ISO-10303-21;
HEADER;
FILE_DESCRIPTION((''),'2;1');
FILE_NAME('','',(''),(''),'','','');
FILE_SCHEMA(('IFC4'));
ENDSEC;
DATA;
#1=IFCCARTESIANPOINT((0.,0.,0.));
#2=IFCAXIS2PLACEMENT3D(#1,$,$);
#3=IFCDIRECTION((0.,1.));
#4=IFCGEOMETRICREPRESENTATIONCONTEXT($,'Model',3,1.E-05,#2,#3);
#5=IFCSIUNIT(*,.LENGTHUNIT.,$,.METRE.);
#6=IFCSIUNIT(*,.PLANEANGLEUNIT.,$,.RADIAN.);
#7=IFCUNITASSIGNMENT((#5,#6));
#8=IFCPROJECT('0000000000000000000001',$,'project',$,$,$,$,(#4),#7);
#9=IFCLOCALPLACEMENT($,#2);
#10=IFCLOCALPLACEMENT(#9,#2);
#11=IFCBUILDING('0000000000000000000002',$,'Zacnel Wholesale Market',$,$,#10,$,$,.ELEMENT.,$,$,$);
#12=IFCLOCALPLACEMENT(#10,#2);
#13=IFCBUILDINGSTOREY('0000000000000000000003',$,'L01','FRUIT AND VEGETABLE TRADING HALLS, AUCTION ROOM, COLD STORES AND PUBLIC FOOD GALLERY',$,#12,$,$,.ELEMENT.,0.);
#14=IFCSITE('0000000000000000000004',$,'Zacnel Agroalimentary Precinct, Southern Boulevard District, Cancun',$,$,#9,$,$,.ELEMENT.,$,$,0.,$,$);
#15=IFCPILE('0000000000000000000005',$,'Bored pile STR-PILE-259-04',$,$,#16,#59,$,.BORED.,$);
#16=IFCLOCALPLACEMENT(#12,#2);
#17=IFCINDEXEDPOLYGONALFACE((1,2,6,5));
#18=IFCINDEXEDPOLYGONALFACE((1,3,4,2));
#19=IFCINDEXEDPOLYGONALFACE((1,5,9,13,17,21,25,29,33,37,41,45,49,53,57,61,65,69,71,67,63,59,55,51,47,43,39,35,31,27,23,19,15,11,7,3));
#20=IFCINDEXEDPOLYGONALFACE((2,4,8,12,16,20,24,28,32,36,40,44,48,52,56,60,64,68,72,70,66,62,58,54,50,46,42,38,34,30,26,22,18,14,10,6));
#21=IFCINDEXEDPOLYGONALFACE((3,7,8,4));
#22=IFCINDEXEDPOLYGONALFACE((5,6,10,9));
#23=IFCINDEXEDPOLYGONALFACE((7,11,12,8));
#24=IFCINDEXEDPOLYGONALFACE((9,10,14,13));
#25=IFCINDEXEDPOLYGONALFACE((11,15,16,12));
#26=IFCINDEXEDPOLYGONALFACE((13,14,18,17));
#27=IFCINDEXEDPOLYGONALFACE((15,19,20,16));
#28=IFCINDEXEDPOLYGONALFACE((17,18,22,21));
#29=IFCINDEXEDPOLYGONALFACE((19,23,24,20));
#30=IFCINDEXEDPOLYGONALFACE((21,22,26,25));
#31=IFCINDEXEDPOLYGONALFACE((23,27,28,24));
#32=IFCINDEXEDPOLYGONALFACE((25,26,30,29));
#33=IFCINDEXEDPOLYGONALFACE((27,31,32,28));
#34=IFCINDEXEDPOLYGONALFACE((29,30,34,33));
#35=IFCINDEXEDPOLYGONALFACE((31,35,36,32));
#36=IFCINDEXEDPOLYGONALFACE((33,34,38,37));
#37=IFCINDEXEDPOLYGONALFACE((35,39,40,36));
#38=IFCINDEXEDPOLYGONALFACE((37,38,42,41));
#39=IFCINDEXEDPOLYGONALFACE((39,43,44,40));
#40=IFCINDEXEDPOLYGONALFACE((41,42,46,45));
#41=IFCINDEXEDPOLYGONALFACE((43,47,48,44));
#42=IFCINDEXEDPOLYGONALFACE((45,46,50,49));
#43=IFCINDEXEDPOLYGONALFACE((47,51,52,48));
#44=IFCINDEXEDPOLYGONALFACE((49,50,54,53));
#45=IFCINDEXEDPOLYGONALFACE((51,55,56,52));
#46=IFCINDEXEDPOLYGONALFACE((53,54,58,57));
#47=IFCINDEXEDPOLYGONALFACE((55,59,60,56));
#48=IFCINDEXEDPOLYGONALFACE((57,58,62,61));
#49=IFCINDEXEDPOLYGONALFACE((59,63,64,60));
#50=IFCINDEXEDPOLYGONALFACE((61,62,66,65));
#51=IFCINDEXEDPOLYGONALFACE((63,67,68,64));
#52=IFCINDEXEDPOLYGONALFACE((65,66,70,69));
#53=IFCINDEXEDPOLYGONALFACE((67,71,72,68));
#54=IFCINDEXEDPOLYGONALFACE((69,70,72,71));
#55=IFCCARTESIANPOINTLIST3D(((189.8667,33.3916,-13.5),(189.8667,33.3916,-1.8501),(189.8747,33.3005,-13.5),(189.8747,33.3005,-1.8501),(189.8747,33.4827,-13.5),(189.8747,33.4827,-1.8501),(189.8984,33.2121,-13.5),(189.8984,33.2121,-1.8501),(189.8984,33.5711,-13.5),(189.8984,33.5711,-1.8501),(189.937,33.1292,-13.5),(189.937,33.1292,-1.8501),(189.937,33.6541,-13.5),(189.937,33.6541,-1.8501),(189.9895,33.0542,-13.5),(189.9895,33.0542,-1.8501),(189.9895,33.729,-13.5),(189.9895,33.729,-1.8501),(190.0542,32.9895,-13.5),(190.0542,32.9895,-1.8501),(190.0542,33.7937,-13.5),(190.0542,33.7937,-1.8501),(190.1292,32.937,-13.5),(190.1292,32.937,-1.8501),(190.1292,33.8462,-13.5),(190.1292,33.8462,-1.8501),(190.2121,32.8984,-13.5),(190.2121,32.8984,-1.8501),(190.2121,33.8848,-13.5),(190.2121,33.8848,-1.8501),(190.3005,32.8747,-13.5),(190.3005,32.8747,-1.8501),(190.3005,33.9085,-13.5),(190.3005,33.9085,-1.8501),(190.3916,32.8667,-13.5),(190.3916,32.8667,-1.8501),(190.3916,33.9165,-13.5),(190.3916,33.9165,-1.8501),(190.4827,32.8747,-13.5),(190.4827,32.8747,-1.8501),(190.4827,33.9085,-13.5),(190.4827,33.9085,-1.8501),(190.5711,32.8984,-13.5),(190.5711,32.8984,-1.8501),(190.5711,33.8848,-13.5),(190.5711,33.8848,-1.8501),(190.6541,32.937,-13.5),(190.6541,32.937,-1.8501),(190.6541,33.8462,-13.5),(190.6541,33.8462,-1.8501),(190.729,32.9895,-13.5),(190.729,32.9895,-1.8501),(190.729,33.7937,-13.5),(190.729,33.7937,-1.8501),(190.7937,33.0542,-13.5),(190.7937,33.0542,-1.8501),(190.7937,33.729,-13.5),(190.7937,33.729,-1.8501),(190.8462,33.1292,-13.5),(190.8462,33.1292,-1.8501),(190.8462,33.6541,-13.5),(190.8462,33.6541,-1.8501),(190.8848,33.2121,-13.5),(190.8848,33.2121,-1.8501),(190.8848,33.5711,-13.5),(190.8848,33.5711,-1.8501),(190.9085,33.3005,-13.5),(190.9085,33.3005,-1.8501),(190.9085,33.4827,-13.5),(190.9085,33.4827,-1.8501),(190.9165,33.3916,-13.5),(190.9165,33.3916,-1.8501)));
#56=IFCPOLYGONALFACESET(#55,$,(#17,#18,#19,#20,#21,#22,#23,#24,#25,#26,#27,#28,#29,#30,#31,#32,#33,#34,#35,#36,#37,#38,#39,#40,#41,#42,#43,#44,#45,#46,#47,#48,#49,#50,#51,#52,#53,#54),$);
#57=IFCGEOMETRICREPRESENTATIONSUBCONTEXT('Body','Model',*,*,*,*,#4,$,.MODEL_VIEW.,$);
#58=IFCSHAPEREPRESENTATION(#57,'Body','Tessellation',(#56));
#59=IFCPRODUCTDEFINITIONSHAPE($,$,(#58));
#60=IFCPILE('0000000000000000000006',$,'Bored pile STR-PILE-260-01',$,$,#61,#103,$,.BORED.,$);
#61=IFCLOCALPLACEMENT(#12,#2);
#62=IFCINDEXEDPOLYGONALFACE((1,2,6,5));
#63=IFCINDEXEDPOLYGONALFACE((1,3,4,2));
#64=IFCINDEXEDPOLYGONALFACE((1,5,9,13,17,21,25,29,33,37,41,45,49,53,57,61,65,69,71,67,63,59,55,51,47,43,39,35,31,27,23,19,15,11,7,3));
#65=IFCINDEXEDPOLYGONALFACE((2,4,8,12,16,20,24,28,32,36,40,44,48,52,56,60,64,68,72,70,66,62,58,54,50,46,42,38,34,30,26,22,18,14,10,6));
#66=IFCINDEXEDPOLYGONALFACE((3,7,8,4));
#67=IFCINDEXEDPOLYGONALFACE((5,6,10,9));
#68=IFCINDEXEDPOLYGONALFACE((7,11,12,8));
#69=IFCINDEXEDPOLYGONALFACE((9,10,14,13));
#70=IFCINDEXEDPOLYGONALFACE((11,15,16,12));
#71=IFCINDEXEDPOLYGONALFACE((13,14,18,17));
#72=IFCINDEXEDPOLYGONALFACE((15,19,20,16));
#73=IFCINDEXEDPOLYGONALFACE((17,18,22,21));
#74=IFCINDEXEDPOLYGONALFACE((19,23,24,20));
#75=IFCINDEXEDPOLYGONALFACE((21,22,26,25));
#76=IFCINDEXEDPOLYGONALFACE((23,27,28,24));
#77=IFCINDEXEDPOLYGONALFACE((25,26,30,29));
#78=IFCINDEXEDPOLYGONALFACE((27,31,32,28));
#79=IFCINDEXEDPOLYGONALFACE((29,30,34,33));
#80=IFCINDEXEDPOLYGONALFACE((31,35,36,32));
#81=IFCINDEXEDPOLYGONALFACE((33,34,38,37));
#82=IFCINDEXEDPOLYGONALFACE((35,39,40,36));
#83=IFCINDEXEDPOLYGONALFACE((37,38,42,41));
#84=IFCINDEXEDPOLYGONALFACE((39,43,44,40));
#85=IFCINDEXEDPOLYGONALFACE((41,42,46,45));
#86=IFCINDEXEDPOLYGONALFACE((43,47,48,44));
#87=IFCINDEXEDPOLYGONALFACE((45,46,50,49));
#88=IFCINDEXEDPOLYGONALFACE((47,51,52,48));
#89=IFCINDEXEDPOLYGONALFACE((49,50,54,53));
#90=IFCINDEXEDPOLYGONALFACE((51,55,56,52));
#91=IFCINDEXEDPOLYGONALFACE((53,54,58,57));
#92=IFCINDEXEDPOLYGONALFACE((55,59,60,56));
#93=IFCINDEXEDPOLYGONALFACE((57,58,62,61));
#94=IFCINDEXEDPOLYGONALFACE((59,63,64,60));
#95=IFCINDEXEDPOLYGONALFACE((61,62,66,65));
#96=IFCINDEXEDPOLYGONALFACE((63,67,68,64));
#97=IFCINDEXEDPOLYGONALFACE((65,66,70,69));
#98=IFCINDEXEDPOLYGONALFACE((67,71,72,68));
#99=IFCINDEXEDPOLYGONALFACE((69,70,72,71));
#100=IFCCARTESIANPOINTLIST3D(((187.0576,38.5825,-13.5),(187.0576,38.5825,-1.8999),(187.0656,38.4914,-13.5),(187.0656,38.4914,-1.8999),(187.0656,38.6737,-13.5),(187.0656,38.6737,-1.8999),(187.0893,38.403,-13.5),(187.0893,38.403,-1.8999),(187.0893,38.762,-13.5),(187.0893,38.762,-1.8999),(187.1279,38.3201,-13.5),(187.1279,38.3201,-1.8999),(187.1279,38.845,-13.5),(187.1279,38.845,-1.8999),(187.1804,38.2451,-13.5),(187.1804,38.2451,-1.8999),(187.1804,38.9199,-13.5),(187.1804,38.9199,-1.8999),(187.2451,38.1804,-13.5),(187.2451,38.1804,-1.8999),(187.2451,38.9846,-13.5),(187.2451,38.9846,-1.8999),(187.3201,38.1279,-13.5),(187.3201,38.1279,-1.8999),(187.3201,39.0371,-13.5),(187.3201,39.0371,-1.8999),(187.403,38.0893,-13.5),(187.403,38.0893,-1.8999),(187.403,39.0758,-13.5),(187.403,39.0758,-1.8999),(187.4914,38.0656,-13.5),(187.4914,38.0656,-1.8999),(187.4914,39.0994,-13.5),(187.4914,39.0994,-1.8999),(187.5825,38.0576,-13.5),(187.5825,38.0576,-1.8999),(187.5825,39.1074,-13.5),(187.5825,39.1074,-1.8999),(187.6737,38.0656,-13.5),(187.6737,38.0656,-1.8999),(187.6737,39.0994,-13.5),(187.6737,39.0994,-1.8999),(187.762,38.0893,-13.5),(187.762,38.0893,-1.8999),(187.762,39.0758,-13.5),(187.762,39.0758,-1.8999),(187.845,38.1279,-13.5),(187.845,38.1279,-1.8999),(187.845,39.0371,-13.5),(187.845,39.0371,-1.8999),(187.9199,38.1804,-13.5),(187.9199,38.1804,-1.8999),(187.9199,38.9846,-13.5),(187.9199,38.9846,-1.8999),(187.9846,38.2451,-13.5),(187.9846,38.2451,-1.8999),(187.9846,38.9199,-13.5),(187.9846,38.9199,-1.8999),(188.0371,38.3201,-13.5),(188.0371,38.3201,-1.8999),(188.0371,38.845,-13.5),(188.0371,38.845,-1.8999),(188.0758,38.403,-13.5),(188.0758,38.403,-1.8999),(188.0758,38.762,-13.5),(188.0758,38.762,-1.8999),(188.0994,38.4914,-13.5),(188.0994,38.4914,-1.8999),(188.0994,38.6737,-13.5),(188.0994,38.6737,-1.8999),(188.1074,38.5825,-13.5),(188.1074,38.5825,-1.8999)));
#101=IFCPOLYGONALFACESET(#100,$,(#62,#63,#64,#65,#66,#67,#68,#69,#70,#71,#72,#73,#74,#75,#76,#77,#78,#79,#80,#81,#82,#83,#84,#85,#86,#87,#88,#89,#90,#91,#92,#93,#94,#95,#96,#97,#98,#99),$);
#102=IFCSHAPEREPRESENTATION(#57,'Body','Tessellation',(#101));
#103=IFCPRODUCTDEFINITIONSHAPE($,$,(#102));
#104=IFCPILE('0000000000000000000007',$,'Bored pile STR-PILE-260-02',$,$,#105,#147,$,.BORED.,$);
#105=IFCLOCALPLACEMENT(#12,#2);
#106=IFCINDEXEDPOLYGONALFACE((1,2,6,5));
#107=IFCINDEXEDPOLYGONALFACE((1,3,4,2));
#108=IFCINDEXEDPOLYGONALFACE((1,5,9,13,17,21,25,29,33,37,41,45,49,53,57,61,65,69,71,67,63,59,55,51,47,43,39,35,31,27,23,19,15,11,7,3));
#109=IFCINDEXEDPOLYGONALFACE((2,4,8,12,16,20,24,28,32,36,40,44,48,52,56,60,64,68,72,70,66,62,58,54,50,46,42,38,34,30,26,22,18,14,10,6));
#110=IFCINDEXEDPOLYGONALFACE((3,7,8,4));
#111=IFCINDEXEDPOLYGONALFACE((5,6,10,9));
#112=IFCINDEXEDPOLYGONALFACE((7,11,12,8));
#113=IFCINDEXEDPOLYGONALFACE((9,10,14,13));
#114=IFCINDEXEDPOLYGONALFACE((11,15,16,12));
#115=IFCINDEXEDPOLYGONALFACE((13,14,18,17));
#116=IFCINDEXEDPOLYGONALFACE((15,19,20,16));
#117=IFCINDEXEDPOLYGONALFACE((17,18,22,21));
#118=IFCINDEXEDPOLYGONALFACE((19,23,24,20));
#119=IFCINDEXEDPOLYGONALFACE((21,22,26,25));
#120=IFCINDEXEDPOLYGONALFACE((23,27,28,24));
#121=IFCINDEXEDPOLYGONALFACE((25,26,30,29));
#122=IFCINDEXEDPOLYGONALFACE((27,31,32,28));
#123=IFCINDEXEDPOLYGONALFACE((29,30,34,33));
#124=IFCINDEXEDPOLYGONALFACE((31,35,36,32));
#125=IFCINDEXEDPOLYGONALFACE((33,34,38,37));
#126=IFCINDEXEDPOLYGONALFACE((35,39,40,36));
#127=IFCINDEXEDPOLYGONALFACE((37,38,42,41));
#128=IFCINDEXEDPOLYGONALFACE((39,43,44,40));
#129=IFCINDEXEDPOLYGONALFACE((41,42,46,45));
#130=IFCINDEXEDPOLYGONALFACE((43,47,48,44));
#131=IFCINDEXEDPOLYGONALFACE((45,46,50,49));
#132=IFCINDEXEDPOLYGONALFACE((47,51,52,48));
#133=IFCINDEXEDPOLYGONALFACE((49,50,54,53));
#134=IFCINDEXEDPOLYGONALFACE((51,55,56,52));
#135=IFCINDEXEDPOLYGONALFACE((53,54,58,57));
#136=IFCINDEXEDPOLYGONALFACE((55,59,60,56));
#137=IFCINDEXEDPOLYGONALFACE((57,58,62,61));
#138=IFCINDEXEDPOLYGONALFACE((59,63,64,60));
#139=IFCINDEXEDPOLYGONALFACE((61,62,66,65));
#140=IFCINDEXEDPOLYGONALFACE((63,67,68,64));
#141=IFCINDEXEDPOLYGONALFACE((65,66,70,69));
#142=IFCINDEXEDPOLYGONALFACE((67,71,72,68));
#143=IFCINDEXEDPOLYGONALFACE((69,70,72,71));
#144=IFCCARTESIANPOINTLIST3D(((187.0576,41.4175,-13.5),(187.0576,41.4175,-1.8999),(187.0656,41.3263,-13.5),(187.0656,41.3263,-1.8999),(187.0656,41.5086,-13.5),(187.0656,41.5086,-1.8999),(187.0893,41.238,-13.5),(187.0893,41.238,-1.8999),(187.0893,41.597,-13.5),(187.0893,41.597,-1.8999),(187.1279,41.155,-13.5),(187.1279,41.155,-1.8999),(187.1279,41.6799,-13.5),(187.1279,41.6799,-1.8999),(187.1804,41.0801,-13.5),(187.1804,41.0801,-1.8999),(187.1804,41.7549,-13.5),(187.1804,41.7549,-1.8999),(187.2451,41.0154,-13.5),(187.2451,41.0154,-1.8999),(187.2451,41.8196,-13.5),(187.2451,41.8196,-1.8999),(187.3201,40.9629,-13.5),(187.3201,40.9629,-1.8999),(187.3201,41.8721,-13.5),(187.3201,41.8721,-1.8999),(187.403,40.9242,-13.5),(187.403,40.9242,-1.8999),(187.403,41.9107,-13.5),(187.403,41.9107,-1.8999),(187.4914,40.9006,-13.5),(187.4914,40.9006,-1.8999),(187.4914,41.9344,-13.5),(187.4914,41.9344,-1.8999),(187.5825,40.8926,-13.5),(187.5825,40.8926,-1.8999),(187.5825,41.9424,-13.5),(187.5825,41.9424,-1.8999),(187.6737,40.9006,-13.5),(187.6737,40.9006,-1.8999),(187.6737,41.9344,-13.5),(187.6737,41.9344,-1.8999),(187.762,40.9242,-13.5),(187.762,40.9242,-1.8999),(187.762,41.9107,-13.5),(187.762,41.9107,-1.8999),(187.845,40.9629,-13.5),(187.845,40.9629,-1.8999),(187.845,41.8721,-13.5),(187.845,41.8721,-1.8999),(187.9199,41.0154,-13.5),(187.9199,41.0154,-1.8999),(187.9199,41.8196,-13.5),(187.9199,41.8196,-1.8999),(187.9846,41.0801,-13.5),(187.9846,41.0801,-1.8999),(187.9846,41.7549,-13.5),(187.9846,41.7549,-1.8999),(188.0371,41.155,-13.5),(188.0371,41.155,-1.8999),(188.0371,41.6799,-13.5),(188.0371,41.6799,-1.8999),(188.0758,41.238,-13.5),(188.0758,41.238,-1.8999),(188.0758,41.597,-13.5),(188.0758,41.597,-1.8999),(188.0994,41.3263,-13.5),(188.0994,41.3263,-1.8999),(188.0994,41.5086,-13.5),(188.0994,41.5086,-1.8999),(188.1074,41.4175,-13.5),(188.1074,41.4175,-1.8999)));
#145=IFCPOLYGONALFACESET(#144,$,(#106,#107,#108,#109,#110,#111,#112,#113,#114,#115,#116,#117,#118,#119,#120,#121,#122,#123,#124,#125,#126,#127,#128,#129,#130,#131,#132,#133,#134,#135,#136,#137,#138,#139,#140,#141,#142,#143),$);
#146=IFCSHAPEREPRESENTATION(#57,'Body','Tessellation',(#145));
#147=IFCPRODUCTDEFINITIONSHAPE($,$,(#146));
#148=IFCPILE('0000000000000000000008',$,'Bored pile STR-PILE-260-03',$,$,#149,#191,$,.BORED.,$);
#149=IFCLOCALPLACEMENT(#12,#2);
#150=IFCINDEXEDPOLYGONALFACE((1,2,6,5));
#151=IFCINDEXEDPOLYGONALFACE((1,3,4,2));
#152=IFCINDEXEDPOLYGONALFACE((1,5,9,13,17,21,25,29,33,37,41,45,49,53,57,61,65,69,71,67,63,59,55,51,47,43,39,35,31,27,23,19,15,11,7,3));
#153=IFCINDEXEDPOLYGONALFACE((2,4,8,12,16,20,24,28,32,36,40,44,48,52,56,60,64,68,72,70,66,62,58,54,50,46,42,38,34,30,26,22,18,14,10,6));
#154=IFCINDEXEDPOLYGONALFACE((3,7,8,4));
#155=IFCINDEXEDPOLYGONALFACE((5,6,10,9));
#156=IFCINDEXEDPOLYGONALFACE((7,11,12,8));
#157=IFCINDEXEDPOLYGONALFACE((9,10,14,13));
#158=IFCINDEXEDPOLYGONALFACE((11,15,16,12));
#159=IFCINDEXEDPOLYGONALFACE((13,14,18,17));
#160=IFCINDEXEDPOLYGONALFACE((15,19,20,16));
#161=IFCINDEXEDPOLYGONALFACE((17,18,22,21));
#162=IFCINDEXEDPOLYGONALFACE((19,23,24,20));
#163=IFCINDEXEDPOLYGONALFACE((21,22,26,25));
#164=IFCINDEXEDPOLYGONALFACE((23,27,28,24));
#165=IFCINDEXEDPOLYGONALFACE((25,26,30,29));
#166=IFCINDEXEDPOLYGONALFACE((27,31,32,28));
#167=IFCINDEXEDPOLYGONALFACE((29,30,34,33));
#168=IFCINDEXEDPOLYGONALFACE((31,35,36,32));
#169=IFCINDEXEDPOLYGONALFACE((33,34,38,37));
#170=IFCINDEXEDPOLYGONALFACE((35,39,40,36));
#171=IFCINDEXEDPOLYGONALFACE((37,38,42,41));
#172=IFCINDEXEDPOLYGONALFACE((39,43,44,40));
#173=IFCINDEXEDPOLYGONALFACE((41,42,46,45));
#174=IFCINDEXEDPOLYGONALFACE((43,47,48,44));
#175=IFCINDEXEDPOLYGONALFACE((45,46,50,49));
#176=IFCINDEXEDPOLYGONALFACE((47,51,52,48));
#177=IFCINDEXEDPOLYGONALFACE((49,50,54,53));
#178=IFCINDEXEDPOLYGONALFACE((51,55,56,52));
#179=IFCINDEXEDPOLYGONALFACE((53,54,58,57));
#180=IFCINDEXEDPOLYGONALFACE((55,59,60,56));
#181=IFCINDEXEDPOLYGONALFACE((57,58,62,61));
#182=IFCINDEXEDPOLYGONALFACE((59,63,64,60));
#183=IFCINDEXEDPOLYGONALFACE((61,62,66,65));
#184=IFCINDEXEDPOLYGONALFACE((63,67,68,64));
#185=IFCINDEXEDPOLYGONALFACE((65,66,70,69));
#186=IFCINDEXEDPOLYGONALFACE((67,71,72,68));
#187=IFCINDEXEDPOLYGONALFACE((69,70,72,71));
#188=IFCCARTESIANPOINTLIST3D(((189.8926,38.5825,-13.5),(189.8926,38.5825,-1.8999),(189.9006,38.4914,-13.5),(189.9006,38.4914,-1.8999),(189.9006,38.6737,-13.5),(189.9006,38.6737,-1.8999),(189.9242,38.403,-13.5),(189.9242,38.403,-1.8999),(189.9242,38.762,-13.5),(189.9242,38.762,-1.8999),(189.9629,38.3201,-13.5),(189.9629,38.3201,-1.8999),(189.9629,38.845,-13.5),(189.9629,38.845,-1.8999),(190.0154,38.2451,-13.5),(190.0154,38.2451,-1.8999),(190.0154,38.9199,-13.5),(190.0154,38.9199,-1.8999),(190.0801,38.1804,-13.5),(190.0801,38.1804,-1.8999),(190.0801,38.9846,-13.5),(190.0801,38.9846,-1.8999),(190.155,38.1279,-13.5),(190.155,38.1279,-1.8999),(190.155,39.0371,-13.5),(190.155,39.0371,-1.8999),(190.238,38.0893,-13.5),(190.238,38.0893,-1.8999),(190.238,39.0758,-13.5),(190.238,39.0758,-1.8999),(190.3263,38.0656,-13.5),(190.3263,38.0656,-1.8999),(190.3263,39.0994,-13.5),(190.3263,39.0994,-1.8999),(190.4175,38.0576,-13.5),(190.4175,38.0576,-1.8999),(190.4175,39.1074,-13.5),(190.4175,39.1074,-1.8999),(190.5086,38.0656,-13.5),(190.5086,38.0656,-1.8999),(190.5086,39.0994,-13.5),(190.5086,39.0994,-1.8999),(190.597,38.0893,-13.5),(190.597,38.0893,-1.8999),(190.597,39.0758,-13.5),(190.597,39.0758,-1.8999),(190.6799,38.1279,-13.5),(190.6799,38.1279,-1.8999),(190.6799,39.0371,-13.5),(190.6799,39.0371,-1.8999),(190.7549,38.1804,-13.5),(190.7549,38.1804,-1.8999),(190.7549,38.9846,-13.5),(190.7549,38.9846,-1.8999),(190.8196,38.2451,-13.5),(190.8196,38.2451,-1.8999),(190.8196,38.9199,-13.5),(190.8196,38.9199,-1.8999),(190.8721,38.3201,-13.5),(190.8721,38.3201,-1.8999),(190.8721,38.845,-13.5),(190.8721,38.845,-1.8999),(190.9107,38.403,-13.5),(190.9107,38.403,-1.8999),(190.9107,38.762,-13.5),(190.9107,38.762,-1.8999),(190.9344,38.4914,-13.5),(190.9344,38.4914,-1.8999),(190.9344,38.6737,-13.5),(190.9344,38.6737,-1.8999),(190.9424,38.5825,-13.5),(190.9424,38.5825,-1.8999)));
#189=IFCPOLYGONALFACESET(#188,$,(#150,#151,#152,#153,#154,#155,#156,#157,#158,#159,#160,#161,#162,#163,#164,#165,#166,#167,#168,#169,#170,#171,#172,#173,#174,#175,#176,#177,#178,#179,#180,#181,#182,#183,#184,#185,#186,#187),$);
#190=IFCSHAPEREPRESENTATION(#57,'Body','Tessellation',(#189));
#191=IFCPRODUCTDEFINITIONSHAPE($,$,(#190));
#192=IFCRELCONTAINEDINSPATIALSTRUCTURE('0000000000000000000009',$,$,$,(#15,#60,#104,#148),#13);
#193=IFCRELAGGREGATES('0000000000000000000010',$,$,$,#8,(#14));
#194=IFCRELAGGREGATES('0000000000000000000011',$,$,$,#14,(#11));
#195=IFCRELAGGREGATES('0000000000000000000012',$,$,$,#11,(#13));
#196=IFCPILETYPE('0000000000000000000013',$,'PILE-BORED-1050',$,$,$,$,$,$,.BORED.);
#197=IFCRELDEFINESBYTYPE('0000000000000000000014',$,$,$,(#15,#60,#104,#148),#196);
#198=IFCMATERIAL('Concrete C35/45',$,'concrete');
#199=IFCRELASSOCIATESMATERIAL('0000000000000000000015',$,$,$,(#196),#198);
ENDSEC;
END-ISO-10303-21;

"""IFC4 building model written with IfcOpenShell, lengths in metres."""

from ifc_helpers import new_model, si_unit, direction, frame, origin, origin_2d, place, context, subcontext, project, spatial, circle, extrude, material, material_profile, profile_set, type_object, element, save


model = new_model("IFC4")

# Units and contexts
model_context = context("Model", 3, precision=1e-05, world=origin(), true_north=direction((0.0, 1.0)))
body_context = subcontext(model_context, "Body", "Model", "MODEL_VIEW")
ifc_project = project(units=[si_unit("LENGTHUNIT", "METRE"), si_unit("PLANEANGLEUNIT", "RADIAN")], contexts=[model_context])

# Site, building, storey
site_placement = place(None, origin())
site = spatial("IfcSite", under=ifc_project, at=site_placement, Name="Zacnel Agroalimentary Precinct, Southern Boulevard District, Cancun", CompositionType="ELEMENT", RefElevation=0.0)
building_placement = place(site_placement, origin())
building = spatial("IfcBuilding", under=site, at=building_placement, Name="Zacnel Wholesale Market", CompositionType="ELEMENT")
storey_placement = place(building_placement, origin())
storey = spatial("IfcBuildingStorey", under=building, at=storey_placement, Name="L01", Description="FRUIT AND VEGETABLE TRADING HALLS, AUCTION ROOM, COLD STORES AND PUBLIC FOOD GALLERY", CompositionType="ELEMENT", Elevation=0.0)

# Piles
ifc_material_1 = material(Name="Concrete C35/45", Category="concrete")
ifc_material_profile_1 = material_profile(ifc_material_1, circle(Radius=0.5249, at=origin_2d()), Name="BORED PILE D1050")
ifc_profile_set_1 = profile_set([ifc_material_profile_1], Name="Concrete C35/45")
pile_type = type_object("IfcPileType", Name="PILE-BORED-1050", PredefinedType="BORED", material=ifc_profile_set_1)
for number, where, z_axis, x_axis, name in (
    (1, (190.3916, 33.3916, -1.8501), (0.0, 0.0, -1.0), (1.0, 0.0, 0.0), "Bored pile STR-PILE-259-04"),
):
    element("IfcPile", number, at=place(storey_placement, frame(where, z_axis=z_axis, x_axis=x_axis)), inside=storey, type_object=pile_type, Name=name, PredefinedType="BORED", context=body_context, shape_type="SweptSolid", body=[
        extrude(circle(Radius=0.5249, at=origin_2d()), origin(), (0.0, 0.0, 1.0), 11.6499),
    ])
for number, where, z_axis, x_axis, name in (
    (2, (187.5825, 38.5825, -1.8999), (0.0, 0.0, -1.0), (1.0, 0.0, 0.0), "Bored pile STR-PILE-260-01"),
    (3, (187.5825, 41.4175, -1.8999), (0.0, 0.0, -1.0), (1.0, 0.0, 0.0), "Bored pile STR-PILE-260-02"),
    (4, (190.4175, 38.5825, -1.8999), (0.0, 0.0, -1.0), (1.0, 0.0, 0.0), "Bored pile STR-PILE-260-03"),
):
    element("IfcPile", number, at=place(storey_placement, frame(where, z_axis=z_axis, x_axis=x_axis)), inside=storey, type_object=pile_type, Name=name, PredefinedType="BORED", context=body_context, shape_type="SweptSolid", body=[
        extrude(circle(Radius=0.5249, at=origin_2d()), origin(), (0.0, 0.0, 1.0), 11.6001),
    ])

save(model, "model.ifc")
